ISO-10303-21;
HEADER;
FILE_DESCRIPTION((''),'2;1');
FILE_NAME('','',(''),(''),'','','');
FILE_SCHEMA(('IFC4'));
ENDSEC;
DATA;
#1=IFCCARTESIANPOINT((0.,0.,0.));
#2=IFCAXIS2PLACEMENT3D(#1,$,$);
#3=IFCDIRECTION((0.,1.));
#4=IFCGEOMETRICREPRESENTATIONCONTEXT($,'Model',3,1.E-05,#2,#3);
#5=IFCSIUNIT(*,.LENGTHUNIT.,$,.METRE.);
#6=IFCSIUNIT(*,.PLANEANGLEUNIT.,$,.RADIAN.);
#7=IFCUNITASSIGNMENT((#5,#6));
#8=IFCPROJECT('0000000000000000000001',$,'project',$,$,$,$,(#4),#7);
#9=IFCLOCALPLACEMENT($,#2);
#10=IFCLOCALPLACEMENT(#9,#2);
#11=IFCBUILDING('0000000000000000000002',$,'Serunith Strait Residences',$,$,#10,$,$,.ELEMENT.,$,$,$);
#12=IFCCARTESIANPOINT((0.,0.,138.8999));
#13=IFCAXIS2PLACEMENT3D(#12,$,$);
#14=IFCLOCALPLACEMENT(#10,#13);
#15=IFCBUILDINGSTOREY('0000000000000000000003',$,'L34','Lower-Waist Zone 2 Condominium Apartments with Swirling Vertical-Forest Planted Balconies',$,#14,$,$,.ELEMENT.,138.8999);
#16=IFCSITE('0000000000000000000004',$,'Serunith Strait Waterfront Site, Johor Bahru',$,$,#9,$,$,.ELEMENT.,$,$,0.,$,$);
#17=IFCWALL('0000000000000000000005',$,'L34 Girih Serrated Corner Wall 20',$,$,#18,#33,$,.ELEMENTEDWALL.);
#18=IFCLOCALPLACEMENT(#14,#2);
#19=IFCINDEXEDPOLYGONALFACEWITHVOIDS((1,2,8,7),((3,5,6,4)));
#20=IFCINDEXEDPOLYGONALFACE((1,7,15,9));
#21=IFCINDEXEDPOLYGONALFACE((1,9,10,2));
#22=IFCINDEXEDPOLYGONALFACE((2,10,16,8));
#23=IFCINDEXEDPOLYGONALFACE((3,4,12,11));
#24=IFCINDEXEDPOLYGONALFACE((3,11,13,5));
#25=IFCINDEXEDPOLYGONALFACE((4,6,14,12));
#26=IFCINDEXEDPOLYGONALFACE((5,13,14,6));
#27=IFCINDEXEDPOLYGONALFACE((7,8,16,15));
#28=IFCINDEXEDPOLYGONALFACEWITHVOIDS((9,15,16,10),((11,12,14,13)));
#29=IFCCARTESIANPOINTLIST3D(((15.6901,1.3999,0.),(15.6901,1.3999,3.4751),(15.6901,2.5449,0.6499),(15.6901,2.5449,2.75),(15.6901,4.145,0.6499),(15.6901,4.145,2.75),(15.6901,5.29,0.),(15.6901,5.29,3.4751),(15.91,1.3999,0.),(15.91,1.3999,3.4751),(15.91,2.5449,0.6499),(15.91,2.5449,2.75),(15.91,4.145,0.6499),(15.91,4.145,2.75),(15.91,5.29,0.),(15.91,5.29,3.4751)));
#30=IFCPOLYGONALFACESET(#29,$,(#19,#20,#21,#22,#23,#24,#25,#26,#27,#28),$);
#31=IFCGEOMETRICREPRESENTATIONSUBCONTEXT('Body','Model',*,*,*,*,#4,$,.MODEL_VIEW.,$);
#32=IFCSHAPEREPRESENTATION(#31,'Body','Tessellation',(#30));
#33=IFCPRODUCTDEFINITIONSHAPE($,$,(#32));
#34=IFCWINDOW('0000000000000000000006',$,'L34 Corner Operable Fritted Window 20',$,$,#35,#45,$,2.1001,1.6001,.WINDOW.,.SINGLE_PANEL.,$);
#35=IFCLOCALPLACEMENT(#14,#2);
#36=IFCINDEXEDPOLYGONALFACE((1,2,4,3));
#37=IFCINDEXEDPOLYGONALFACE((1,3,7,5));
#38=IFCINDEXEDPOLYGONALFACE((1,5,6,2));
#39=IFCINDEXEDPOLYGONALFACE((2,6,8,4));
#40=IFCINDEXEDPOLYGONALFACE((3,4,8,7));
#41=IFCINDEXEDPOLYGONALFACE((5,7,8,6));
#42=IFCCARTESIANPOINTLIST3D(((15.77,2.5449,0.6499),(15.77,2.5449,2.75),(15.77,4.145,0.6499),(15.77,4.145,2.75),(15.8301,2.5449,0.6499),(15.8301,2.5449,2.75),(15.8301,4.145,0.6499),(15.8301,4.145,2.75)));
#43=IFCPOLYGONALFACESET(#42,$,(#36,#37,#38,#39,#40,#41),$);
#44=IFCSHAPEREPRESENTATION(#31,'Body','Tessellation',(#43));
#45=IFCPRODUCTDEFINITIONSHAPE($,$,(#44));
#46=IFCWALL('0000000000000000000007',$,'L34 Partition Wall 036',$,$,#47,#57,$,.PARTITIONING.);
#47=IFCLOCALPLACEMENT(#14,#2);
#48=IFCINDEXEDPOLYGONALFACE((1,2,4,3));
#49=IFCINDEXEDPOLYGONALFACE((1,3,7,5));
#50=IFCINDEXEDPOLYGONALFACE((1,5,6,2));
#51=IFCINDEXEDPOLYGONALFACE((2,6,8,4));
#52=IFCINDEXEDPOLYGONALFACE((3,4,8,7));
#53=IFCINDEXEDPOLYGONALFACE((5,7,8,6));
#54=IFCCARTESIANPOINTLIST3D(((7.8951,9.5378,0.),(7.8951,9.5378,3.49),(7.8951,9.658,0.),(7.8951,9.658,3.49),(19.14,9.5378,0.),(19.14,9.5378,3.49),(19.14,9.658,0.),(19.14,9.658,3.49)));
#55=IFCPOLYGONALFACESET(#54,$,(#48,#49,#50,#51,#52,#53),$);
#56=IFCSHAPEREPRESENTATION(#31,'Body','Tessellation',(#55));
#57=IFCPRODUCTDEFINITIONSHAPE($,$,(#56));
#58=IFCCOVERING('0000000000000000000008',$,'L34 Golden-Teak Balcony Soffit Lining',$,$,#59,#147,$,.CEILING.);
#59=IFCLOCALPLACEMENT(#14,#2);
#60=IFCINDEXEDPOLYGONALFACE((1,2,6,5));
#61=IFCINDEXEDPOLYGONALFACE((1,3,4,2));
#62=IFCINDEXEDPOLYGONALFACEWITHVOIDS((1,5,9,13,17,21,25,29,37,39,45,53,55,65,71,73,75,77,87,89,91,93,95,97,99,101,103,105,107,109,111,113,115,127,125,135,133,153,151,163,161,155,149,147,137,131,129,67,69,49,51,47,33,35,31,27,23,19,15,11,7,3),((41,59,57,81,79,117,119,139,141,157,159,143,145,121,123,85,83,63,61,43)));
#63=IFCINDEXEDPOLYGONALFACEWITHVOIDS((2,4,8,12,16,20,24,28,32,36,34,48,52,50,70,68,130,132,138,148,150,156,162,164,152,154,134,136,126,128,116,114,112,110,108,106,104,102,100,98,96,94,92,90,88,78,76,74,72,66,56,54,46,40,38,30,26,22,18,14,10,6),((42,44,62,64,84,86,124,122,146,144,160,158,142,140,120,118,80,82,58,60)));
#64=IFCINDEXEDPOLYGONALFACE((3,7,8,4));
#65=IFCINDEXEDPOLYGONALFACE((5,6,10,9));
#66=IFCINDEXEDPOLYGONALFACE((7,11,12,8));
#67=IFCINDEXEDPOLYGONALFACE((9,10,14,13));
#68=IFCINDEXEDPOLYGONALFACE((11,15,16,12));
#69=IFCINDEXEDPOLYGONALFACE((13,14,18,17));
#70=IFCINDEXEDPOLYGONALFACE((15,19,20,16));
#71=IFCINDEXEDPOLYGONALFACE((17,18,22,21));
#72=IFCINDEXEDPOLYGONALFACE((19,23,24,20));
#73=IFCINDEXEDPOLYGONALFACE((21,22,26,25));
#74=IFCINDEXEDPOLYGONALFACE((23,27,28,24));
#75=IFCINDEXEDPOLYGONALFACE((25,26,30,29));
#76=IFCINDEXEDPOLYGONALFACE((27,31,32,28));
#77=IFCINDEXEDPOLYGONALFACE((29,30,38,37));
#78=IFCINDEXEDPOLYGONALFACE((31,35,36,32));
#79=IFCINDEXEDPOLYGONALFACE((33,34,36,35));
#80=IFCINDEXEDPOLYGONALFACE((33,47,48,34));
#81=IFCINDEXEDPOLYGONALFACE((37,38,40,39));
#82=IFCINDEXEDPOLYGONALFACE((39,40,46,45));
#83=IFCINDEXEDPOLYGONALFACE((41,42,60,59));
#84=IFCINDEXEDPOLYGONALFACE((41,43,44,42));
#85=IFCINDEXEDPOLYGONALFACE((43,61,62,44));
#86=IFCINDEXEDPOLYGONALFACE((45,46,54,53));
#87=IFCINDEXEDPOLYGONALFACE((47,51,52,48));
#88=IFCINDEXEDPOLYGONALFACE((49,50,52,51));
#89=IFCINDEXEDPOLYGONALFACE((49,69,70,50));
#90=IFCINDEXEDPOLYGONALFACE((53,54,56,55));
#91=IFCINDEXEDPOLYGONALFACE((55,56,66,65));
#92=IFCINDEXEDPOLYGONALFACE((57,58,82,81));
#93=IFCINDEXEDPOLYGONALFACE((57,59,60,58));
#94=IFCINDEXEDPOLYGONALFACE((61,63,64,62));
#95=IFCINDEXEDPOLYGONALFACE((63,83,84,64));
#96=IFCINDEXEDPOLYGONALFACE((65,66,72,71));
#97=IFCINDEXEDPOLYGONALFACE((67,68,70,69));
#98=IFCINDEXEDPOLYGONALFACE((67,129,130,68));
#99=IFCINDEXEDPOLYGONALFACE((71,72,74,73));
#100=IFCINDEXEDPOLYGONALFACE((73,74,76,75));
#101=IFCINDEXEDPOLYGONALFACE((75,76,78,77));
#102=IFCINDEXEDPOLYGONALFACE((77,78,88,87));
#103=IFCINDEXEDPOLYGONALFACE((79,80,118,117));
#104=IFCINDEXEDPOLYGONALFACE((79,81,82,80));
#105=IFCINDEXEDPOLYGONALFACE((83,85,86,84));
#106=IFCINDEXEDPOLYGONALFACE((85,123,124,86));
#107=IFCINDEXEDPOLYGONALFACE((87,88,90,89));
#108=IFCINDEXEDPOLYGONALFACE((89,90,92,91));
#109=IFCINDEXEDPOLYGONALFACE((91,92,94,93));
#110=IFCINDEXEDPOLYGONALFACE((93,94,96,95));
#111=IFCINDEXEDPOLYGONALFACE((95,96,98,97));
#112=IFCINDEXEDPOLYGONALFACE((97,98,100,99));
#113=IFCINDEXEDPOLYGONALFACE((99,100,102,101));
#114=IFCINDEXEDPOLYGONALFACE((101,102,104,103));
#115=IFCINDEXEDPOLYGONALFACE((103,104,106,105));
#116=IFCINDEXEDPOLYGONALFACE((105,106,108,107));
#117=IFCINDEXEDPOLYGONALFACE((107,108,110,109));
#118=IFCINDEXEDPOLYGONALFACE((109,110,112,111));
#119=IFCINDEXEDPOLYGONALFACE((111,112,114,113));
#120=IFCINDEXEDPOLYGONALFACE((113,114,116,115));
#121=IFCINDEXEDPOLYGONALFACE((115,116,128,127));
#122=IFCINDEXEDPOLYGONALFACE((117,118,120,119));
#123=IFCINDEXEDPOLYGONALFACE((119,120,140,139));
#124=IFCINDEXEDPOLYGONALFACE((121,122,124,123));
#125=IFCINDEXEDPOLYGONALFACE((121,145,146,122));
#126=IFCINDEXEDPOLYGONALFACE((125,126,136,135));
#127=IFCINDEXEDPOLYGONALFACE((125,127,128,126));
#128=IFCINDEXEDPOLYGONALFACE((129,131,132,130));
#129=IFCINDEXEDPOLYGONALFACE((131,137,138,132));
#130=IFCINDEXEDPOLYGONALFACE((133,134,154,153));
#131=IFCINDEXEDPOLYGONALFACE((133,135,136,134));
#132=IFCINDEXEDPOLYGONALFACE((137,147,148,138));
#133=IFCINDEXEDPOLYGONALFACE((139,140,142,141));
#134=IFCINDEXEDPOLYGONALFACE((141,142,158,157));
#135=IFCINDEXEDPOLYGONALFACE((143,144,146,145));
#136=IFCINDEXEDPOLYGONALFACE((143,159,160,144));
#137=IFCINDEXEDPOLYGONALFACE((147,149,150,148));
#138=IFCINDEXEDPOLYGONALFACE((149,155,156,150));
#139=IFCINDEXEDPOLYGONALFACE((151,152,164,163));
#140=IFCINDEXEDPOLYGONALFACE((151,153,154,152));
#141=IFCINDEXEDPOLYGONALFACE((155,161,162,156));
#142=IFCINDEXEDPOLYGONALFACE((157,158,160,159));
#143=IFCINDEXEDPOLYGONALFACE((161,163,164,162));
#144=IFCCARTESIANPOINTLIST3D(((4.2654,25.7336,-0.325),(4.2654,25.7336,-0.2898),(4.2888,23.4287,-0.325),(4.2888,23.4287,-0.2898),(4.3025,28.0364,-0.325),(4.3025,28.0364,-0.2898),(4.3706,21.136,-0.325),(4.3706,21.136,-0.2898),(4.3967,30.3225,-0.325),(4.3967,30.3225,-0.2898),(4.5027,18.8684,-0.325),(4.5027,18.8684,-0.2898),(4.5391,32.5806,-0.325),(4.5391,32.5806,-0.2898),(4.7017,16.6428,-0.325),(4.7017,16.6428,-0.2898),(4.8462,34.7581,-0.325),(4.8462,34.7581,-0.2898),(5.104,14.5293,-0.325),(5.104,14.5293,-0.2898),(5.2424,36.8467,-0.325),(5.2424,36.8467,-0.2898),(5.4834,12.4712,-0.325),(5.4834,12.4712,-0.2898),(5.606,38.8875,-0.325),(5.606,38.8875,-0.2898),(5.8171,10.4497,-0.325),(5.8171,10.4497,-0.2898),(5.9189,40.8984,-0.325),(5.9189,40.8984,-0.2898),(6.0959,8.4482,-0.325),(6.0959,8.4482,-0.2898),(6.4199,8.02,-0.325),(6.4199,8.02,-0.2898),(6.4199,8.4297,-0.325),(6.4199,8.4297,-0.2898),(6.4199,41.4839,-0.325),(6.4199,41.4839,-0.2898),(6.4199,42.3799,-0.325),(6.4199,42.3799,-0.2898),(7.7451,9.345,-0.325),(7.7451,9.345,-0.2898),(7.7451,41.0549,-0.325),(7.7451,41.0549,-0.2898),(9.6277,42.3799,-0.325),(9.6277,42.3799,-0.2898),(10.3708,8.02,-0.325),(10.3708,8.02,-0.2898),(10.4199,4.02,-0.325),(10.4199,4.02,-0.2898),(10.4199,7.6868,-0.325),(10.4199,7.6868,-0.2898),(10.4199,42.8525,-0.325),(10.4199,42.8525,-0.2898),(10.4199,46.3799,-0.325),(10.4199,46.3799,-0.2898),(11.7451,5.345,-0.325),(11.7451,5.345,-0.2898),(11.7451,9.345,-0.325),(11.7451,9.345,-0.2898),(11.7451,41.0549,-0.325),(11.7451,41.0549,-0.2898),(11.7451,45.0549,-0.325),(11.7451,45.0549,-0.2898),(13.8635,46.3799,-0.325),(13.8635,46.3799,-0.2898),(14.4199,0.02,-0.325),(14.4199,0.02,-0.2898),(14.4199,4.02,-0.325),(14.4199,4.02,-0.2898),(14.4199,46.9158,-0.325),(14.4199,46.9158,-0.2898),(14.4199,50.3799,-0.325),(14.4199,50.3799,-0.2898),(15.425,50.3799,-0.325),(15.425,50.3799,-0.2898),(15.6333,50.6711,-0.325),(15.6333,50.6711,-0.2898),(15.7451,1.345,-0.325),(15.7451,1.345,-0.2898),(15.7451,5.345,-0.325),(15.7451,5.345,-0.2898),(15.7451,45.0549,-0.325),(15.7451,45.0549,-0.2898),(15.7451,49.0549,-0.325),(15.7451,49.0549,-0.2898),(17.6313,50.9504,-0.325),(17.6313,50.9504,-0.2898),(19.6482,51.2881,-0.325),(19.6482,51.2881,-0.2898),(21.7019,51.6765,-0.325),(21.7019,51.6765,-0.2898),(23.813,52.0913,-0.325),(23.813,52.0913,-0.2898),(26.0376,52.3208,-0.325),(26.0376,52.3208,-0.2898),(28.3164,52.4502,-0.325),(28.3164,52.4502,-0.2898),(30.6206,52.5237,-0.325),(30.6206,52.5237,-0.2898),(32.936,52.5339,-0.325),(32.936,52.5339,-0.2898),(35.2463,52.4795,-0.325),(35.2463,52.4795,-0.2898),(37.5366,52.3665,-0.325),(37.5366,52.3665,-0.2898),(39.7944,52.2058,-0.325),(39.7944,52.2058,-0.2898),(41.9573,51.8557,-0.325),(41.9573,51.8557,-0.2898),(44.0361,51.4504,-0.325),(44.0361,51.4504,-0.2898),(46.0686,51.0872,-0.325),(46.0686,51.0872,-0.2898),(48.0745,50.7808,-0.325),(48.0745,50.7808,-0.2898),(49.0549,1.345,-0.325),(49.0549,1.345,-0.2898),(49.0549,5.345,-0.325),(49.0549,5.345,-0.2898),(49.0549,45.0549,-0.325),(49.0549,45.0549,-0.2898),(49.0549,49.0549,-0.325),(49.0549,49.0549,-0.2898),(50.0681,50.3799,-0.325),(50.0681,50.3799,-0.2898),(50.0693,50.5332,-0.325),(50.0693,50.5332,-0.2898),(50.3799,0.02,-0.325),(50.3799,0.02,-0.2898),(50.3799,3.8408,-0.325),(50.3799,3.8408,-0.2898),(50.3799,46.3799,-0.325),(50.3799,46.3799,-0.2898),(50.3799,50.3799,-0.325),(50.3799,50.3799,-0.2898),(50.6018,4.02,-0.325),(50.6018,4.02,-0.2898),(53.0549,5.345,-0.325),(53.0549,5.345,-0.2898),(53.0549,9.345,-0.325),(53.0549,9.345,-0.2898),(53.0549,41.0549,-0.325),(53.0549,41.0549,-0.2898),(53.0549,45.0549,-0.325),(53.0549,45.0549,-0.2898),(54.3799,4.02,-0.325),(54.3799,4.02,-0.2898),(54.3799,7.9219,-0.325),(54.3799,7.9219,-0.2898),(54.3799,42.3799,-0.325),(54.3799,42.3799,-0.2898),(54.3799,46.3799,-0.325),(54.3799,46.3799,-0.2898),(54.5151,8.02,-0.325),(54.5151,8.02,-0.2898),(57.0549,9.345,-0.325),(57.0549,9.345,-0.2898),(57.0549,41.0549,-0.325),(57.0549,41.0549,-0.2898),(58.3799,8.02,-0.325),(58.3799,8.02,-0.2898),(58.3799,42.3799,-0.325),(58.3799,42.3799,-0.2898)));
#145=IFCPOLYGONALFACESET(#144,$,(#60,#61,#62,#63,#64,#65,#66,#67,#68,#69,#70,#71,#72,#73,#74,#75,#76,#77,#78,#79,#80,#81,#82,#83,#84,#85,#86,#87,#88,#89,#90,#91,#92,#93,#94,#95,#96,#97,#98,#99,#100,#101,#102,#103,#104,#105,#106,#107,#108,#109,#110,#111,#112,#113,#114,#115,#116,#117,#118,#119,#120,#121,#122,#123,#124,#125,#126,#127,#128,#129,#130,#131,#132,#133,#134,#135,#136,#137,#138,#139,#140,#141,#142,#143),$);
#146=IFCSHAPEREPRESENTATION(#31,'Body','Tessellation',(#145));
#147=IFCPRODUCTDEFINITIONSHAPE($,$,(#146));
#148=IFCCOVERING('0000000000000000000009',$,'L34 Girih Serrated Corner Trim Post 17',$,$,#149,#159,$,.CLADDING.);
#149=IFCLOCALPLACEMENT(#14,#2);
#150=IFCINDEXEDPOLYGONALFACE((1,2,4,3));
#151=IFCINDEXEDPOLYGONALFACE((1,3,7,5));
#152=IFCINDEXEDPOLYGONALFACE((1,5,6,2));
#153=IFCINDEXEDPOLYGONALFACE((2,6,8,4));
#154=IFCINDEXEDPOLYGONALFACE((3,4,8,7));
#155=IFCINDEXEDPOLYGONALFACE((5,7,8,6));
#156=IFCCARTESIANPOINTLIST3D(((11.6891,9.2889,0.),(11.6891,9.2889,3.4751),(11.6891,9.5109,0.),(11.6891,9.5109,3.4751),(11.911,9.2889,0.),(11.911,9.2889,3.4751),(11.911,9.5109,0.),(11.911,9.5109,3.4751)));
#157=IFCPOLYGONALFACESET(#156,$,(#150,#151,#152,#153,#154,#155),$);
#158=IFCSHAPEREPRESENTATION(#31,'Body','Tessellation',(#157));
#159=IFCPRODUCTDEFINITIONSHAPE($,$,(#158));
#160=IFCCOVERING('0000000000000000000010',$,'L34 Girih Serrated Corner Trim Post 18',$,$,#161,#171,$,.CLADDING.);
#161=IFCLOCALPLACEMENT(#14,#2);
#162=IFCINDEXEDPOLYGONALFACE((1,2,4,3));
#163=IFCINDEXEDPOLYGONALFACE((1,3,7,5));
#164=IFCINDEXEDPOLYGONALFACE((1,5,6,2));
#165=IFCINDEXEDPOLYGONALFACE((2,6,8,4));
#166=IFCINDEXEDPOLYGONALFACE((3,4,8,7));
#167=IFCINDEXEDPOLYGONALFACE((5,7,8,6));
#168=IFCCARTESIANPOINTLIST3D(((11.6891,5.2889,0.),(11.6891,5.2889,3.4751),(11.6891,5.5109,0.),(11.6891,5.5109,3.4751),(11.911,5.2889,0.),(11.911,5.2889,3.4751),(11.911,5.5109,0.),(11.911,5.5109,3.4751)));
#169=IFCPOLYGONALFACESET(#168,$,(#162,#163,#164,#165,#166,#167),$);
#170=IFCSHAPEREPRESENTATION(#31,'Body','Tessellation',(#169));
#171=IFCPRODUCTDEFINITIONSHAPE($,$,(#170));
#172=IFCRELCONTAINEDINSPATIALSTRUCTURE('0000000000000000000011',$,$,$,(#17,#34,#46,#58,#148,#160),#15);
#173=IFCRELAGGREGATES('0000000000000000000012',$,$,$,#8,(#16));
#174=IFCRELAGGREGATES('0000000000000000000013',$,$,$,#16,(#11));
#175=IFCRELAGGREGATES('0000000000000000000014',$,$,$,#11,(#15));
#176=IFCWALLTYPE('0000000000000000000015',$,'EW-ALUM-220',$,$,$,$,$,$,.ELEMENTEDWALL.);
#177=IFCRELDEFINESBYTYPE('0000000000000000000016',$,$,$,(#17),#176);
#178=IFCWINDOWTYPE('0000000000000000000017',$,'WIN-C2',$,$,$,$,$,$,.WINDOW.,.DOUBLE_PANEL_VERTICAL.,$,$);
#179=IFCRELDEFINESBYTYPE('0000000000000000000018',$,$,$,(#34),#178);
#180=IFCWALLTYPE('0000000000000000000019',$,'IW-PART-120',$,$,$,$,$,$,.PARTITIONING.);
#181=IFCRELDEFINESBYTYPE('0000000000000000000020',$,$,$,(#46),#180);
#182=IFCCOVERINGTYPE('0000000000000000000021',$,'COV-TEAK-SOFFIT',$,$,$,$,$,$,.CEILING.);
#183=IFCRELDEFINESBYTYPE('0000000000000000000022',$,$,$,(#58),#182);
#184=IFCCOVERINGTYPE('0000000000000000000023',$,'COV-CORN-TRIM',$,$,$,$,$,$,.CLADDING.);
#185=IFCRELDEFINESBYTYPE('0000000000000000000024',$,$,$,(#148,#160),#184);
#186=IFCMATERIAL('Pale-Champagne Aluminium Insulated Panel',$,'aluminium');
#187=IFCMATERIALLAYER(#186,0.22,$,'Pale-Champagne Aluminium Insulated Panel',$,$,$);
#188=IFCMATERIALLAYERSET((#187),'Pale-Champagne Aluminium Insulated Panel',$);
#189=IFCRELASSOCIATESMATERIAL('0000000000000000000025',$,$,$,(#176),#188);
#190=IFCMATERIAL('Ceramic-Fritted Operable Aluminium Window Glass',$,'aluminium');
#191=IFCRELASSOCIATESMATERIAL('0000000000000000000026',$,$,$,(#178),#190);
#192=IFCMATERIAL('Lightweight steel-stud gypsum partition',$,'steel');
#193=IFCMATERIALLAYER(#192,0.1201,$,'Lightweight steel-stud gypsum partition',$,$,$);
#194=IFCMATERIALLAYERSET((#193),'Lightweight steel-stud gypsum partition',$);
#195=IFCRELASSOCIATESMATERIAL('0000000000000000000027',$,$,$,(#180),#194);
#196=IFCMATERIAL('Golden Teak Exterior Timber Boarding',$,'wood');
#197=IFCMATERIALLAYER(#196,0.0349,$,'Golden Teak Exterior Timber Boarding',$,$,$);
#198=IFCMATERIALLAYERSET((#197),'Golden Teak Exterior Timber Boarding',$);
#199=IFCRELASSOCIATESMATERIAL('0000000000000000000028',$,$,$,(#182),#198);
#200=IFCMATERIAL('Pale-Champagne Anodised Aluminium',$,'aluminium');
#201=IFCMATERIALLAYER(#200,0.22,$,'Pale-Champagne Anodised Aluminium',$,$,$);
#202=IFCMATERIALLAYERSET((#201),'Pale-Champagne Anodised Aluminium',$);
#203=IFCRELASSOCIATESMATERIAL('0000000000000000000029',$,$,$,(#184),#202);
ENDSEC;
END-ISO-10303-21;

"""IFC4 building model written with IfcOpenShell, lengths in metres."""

from ifc_helpers import new_model, si_unit, direction, frame, frame_2d, origin, origin_2d, place, context, subcontext, project, spatial, polyline, rectangle, outline, extrude, source, transform, mapped, material, layer, layer_set, type_object, element, fill, save


model = new_model("IFC4")

# Units and contexts
model_context = context("Model", 3, precision=1e-05, world=origin(), true_north=direction((0.0, 1.0)))
body_context = subcontext(model_context, "Body", "Model", "MODEL_VIEW")
ifc_project = project(units=[si_unit("LENGTHUNIT", "METRE"), si_unit("PLANEANGLEUNIT", "RADIAN")], contexts=[model_context])

# Site, building, storey
site_placement = place(None, origin())
site = spatial("IfcSite", under=ifc_project, at=site_placement, Name="Serunith Strait Waterfront Site, Johor Bahru", CompositionType="ELEMENT", RefElevation=0.0)
building_placement = place(site_placement, origin())
building = spatial("IfcBuilding", under=site, at=building_placement, Name="Serunith Strait Residences", CompositionType="ELEMENT")
storey_placement = place(building_placement, frame((0.0, 0.0, 138.8999)))
storey = spatial("IfcBuildingStorey", under=building, at=storey_placement, Name="L34", Description="Lower-Waist Zone 2 Condominium Apartments with Swirling Vertical-Forest Planted Balconies", CompositionType="ELEMENT", Elevation=138.8999)

# Shared definitions
ifc_material_1 = material(Name="Pale-Champagne Anodised Aluminium", Category="aluminium")

# Shared definitions
ifc_material_2 = material(Name="Pale-Champagne Aluminium Insulated Panel", Category="aluminium")
ifc_layer_1 = layer(ifc_material_2, 0.22, Name="Pale-Champagne Aluminium Insulated Panel")
ifc_layer_set_1 = layer_set([ifc_layer_1], Name="Pale-Champagne Aluminium Insulated Panel")
wall_type_1 = type_object("IfcWallType", Name="EW-ALUM-220", PredefinedType="ELEMENTEDWALL", material=ifc_layer_set_1)

# Wall, opening, window
ifc_material_3 = material(Name="Ceramic-Fritted Operable Aluminium Window Glass", Category="aluminium")
window_type = type_object("IfcWindowType", Name="WIN-C2", PartitioningType="DOUBLE_PANEL_VERTICAL", PredefinedType="WINDOW", material=ifc_material_3)
shared_shape_1 = source(origin(), body_context, "Body", "SweptSolid", [
    extrude(rectangle(XDim=1.6001, YDim=2.1001, at=frame_2d((0.8, 1.05))), frame((0.0, 0.03, 0.0), z_axis=(0.0, -1.0, 0.0), x_axis=(1.0, 0.0, 0.0)), (0.0, 0.0, 1.0), 0.0601),
])
wall_1_placement = place(storey_placement, frame((15.8, 5.29, 0.0), z_axis=(0.0, 0.0, 1.0), x_axis=(0.0, -1.0, 0.0)))
wall_1 = element("IfcWall", 1, at=wall_1_placement, inside=storey, type_object=wall_type_1, Name="L34 Girih Serrated Corner Wall 20", PredefinedType="ELEMENTEDWALL", context=body_context, shape_type="SweptSolid", body=[
    extrude(rectangle(XDim=3.8901, YDim=0.22, at=frame_2d((1.9451, 0.0))), origin(), (0.0, 0.0, 1.0), 3.4751),
])
opening_1_placement = place(wall_1_placement, frame((1.145, 0.0, 0.6499)))
opening_1 = element("IfcOpeningElement", 2, at=opening_1_placement, cuts=wall_1, PredefinedType="OPENING", context=body_context, shape_type="SweptSolid", body=[
    extrude(rectangle(XDim=1.6001, YDim=2.1001, at=frame_2d((0.8, 1.05))), frame((0.0, 0.1201, 0.0), z_axis=(0.0, -1.0, 0.0), x_axis=(1.0, 0.0, 0.0)), (0.0, 0.0, 1.0), 0.24),
])
window_1_placement = place(opening_1_placement, origin())
window_1 = element("IfcWindow", 3, at=window_1_placement, inside=storey, type_object=window_type, Name="L34 Corner Operable Fritted Window 20", OverallHeight=2.1001, OverallWidth=1.6001, PartitioningType="SINGLE_PANEL", PredefinedType="WINDOW", context=body_context, shape_type="MappedRepresentation", body=[
    mapped(shared_shape_1, transform((0.0, 0.0, 0.0), scale=1.0)),
])
fill(opening_1, window_1)

# Wall
ifc_material_4 = material(Name="Lightweight steel-stud gypsum partition", Category="steel")
ifc_layer_2 = layer(ifc_material_4, 0.1201, Name="Lightweight steel-stud gypsum partition")
ifc_layer_set_2 = layer_set([ifc_layer_2], Name="Lightweight steel-stud gypsum partition")
wall_type_2 = type_object("IfcWallType", Name="IW-PART-120", PredefinedType="PARTITIONING", material=ifc_layer_set_2)
wall_2_placement = place(storey_placement, frame((7.895, 9.5979, 0.0), z_axis=(0.0, 0.0, 1.0), x_axis=(1.0, 0.0, 0.0)))
element("IfcWall", 4, at=wall_2_placement, inside=storey, type_object=wall_type_2, Name="L34 Partition Wall 036", PredefinedType="PARTITIONING", context=body_context, shape_type="SweptSolid", body=[
    extrude(rectangle(XDim=11.2449, YDim=0.1201, at=frame_2d((5.6226, 0.0))), origin(), (0.0, 0.0, 1.0), 3.49),
])

# Covering
ifc_material_5 = material(Name="Golden Teak Exterior Timber Boarding", Category="wood")
ifc_layer_3 = layer(ifc_material_5, 0.0349, Name="Golden Teak Exterior Timber Boarding")
ifc_layer_set_3 = layer_set([ifc_layer_3], Name="Golden Teak Exterior Timber Boarding")
covering_type_1 = type_object("IfcCoveringType", Name="COV-TEAK-SOFFIT", PredefinedType="CEILING", material=ifc_layer_set_3)
covering_placement = place(storey_placement, frame((0.0, 0.0, -0.325)))
element("IfcCovering", 5, at=covering_placement, inside=storey, type_object=covering_type_1, Name="L34 Golden-Teak Balcony Soffit Lining", PredefinedType="CEILING", context=body_context, shape_type="SweptSolid", body=[
    extrude(outline(polyline([(6.4199, 8.02), (6.4199, 8.4297), (6.0959, 8.4482), (5.8171, 10.4497), (5.4834, 12.4712), (5.104, 14.5293), (4.7017, 16.6428), (4.5027, 18.8684), (4.3706, 21.136), (4.2888, 23.4287), (4.2654, 25.7336), (4.3025, 28.0364), (4.3967, 30.3225), (4.5391, 32.5806), (4.8462, 34.7581), (5.2424, 36.8467), (5.606, 38.8875), (5.9189, 40.8984), (6.4199, 41.4839), (6.4199, 42.3799), (9.6277, 42.3799), (10.4199, 42.8525), (10.4199, 46.3799), (13.8635, 46.3799), (14.4199, 46.9158), (14.4199, 50.3799), (15.425, 50.3799), (15.6333, 50.6711), (17.6313, 50.9504), (19.6482, 51.2881), (21.7019, 51.6765), (23.813, 52.0913), (26.0376, 52.3208), (28.3164, 52.4502), (30.6206, 52.5237), (32.936, 52.5339), (35.2463, 52.4795), (37.5366, 52.3665), (39.7944, 52.2058), (41.9573, 51.8557), (44.0361, 51.4504), (46.0686, 51.0872), (48.0745, 50.7808), (50.0693, 50.5332), (50.0681, 50.3799), (50.3799, 50.3799), (50.3799, 46.3799), (54.3799, 46.3799), (54.3799, 42.3799), (58.3799, 42.3799), (58.3799, 8.02), (54.5151, 8.02), (54.3799, 7.9219), (54.3799, 4.02), (50.6018, 4.02), (50.3799, 3.8408), (50.3799, 0.02), (14.4199, 0.02), (14.4199, 4.02), (10.4199, 4.02), (10.4199, 7.6868), (10.3708, 8.02), (6.4199, 8.02)]), holes=[polyline([(49.0549, 1.345), (49.0549, 5.345), (53.0549, 5.345), (53.0549, 9.345), (57.0549, 9.345), (57.0549, 41.0549), (53.0549, 41.0549), (53.0549, 45.0549), (49.0549, 45.0549), (49.0549, 49.0549), (15.7451, 49.0549), (15.7451, 45.0549), (11.7451, 45.0549), (11.7451, 41.0549), (7.7451, 41.0549), (7.7451, 9.345), (11.7451, 9.345), (11.7451, 5.345), (15.7451, 5.345), (15.7451, 1.345), (49.0549, 1.345)])]), origin(), (0.0, 0.0, 1.0), 0.0352),
])

# Coverings
ifc_layer_4 = layer(ifc_material_1, 0.22, Name="Pale-Champagne Anodised Aluminium")
ifc_layer_set_4 = layer_set([ifc_layer_4], Name="Pale-Champagne Anodised Aluminium")
covering_type_2 = type_object("IfcCoveringType", Name="COV-CORN-TRIM", PredefinedType="CLADDING", material=ifc_layer_set_4)
shared_shape_2 = source(origin(), body_context, "Body", "SweptSolid", [
    extrude(rectangle(XDim=0.2219, YDim=0.2219, at=origin_2d()), origin(), (0.0, 0.0, 1.0), 3.4751),
])
for number, where, z_axis, x_axis, name in (
    (6, (11.8, 9.3999, 0.0), (0.0, 0.0, 1.0), (1.0, 0.0, 0.0), "L34 Girih Serrated Corner Trim Post 17"),
    (7, (11.8, 5.3999, 0.0), (0.0, 0.0, 1.0), (1.0, 0.0, 0.0), "L34 Girih Serrated Corner Trim Post 18"),
):
    element("IfcCovering", number, at=place(storey_placement, frame(where, z_axis=z_axis, x_axis=x_axis)), inside=storey, type_object=covering_type_2, Name=name, PredefinedType="CLADDING", context=body_context, shape_type="MappedRepresentation", body=[
        mapped(shared_shape_2, transform((0.0, 0.0, 0.0), scale=1.0)),
    ])

save(model, "model.ifc")
